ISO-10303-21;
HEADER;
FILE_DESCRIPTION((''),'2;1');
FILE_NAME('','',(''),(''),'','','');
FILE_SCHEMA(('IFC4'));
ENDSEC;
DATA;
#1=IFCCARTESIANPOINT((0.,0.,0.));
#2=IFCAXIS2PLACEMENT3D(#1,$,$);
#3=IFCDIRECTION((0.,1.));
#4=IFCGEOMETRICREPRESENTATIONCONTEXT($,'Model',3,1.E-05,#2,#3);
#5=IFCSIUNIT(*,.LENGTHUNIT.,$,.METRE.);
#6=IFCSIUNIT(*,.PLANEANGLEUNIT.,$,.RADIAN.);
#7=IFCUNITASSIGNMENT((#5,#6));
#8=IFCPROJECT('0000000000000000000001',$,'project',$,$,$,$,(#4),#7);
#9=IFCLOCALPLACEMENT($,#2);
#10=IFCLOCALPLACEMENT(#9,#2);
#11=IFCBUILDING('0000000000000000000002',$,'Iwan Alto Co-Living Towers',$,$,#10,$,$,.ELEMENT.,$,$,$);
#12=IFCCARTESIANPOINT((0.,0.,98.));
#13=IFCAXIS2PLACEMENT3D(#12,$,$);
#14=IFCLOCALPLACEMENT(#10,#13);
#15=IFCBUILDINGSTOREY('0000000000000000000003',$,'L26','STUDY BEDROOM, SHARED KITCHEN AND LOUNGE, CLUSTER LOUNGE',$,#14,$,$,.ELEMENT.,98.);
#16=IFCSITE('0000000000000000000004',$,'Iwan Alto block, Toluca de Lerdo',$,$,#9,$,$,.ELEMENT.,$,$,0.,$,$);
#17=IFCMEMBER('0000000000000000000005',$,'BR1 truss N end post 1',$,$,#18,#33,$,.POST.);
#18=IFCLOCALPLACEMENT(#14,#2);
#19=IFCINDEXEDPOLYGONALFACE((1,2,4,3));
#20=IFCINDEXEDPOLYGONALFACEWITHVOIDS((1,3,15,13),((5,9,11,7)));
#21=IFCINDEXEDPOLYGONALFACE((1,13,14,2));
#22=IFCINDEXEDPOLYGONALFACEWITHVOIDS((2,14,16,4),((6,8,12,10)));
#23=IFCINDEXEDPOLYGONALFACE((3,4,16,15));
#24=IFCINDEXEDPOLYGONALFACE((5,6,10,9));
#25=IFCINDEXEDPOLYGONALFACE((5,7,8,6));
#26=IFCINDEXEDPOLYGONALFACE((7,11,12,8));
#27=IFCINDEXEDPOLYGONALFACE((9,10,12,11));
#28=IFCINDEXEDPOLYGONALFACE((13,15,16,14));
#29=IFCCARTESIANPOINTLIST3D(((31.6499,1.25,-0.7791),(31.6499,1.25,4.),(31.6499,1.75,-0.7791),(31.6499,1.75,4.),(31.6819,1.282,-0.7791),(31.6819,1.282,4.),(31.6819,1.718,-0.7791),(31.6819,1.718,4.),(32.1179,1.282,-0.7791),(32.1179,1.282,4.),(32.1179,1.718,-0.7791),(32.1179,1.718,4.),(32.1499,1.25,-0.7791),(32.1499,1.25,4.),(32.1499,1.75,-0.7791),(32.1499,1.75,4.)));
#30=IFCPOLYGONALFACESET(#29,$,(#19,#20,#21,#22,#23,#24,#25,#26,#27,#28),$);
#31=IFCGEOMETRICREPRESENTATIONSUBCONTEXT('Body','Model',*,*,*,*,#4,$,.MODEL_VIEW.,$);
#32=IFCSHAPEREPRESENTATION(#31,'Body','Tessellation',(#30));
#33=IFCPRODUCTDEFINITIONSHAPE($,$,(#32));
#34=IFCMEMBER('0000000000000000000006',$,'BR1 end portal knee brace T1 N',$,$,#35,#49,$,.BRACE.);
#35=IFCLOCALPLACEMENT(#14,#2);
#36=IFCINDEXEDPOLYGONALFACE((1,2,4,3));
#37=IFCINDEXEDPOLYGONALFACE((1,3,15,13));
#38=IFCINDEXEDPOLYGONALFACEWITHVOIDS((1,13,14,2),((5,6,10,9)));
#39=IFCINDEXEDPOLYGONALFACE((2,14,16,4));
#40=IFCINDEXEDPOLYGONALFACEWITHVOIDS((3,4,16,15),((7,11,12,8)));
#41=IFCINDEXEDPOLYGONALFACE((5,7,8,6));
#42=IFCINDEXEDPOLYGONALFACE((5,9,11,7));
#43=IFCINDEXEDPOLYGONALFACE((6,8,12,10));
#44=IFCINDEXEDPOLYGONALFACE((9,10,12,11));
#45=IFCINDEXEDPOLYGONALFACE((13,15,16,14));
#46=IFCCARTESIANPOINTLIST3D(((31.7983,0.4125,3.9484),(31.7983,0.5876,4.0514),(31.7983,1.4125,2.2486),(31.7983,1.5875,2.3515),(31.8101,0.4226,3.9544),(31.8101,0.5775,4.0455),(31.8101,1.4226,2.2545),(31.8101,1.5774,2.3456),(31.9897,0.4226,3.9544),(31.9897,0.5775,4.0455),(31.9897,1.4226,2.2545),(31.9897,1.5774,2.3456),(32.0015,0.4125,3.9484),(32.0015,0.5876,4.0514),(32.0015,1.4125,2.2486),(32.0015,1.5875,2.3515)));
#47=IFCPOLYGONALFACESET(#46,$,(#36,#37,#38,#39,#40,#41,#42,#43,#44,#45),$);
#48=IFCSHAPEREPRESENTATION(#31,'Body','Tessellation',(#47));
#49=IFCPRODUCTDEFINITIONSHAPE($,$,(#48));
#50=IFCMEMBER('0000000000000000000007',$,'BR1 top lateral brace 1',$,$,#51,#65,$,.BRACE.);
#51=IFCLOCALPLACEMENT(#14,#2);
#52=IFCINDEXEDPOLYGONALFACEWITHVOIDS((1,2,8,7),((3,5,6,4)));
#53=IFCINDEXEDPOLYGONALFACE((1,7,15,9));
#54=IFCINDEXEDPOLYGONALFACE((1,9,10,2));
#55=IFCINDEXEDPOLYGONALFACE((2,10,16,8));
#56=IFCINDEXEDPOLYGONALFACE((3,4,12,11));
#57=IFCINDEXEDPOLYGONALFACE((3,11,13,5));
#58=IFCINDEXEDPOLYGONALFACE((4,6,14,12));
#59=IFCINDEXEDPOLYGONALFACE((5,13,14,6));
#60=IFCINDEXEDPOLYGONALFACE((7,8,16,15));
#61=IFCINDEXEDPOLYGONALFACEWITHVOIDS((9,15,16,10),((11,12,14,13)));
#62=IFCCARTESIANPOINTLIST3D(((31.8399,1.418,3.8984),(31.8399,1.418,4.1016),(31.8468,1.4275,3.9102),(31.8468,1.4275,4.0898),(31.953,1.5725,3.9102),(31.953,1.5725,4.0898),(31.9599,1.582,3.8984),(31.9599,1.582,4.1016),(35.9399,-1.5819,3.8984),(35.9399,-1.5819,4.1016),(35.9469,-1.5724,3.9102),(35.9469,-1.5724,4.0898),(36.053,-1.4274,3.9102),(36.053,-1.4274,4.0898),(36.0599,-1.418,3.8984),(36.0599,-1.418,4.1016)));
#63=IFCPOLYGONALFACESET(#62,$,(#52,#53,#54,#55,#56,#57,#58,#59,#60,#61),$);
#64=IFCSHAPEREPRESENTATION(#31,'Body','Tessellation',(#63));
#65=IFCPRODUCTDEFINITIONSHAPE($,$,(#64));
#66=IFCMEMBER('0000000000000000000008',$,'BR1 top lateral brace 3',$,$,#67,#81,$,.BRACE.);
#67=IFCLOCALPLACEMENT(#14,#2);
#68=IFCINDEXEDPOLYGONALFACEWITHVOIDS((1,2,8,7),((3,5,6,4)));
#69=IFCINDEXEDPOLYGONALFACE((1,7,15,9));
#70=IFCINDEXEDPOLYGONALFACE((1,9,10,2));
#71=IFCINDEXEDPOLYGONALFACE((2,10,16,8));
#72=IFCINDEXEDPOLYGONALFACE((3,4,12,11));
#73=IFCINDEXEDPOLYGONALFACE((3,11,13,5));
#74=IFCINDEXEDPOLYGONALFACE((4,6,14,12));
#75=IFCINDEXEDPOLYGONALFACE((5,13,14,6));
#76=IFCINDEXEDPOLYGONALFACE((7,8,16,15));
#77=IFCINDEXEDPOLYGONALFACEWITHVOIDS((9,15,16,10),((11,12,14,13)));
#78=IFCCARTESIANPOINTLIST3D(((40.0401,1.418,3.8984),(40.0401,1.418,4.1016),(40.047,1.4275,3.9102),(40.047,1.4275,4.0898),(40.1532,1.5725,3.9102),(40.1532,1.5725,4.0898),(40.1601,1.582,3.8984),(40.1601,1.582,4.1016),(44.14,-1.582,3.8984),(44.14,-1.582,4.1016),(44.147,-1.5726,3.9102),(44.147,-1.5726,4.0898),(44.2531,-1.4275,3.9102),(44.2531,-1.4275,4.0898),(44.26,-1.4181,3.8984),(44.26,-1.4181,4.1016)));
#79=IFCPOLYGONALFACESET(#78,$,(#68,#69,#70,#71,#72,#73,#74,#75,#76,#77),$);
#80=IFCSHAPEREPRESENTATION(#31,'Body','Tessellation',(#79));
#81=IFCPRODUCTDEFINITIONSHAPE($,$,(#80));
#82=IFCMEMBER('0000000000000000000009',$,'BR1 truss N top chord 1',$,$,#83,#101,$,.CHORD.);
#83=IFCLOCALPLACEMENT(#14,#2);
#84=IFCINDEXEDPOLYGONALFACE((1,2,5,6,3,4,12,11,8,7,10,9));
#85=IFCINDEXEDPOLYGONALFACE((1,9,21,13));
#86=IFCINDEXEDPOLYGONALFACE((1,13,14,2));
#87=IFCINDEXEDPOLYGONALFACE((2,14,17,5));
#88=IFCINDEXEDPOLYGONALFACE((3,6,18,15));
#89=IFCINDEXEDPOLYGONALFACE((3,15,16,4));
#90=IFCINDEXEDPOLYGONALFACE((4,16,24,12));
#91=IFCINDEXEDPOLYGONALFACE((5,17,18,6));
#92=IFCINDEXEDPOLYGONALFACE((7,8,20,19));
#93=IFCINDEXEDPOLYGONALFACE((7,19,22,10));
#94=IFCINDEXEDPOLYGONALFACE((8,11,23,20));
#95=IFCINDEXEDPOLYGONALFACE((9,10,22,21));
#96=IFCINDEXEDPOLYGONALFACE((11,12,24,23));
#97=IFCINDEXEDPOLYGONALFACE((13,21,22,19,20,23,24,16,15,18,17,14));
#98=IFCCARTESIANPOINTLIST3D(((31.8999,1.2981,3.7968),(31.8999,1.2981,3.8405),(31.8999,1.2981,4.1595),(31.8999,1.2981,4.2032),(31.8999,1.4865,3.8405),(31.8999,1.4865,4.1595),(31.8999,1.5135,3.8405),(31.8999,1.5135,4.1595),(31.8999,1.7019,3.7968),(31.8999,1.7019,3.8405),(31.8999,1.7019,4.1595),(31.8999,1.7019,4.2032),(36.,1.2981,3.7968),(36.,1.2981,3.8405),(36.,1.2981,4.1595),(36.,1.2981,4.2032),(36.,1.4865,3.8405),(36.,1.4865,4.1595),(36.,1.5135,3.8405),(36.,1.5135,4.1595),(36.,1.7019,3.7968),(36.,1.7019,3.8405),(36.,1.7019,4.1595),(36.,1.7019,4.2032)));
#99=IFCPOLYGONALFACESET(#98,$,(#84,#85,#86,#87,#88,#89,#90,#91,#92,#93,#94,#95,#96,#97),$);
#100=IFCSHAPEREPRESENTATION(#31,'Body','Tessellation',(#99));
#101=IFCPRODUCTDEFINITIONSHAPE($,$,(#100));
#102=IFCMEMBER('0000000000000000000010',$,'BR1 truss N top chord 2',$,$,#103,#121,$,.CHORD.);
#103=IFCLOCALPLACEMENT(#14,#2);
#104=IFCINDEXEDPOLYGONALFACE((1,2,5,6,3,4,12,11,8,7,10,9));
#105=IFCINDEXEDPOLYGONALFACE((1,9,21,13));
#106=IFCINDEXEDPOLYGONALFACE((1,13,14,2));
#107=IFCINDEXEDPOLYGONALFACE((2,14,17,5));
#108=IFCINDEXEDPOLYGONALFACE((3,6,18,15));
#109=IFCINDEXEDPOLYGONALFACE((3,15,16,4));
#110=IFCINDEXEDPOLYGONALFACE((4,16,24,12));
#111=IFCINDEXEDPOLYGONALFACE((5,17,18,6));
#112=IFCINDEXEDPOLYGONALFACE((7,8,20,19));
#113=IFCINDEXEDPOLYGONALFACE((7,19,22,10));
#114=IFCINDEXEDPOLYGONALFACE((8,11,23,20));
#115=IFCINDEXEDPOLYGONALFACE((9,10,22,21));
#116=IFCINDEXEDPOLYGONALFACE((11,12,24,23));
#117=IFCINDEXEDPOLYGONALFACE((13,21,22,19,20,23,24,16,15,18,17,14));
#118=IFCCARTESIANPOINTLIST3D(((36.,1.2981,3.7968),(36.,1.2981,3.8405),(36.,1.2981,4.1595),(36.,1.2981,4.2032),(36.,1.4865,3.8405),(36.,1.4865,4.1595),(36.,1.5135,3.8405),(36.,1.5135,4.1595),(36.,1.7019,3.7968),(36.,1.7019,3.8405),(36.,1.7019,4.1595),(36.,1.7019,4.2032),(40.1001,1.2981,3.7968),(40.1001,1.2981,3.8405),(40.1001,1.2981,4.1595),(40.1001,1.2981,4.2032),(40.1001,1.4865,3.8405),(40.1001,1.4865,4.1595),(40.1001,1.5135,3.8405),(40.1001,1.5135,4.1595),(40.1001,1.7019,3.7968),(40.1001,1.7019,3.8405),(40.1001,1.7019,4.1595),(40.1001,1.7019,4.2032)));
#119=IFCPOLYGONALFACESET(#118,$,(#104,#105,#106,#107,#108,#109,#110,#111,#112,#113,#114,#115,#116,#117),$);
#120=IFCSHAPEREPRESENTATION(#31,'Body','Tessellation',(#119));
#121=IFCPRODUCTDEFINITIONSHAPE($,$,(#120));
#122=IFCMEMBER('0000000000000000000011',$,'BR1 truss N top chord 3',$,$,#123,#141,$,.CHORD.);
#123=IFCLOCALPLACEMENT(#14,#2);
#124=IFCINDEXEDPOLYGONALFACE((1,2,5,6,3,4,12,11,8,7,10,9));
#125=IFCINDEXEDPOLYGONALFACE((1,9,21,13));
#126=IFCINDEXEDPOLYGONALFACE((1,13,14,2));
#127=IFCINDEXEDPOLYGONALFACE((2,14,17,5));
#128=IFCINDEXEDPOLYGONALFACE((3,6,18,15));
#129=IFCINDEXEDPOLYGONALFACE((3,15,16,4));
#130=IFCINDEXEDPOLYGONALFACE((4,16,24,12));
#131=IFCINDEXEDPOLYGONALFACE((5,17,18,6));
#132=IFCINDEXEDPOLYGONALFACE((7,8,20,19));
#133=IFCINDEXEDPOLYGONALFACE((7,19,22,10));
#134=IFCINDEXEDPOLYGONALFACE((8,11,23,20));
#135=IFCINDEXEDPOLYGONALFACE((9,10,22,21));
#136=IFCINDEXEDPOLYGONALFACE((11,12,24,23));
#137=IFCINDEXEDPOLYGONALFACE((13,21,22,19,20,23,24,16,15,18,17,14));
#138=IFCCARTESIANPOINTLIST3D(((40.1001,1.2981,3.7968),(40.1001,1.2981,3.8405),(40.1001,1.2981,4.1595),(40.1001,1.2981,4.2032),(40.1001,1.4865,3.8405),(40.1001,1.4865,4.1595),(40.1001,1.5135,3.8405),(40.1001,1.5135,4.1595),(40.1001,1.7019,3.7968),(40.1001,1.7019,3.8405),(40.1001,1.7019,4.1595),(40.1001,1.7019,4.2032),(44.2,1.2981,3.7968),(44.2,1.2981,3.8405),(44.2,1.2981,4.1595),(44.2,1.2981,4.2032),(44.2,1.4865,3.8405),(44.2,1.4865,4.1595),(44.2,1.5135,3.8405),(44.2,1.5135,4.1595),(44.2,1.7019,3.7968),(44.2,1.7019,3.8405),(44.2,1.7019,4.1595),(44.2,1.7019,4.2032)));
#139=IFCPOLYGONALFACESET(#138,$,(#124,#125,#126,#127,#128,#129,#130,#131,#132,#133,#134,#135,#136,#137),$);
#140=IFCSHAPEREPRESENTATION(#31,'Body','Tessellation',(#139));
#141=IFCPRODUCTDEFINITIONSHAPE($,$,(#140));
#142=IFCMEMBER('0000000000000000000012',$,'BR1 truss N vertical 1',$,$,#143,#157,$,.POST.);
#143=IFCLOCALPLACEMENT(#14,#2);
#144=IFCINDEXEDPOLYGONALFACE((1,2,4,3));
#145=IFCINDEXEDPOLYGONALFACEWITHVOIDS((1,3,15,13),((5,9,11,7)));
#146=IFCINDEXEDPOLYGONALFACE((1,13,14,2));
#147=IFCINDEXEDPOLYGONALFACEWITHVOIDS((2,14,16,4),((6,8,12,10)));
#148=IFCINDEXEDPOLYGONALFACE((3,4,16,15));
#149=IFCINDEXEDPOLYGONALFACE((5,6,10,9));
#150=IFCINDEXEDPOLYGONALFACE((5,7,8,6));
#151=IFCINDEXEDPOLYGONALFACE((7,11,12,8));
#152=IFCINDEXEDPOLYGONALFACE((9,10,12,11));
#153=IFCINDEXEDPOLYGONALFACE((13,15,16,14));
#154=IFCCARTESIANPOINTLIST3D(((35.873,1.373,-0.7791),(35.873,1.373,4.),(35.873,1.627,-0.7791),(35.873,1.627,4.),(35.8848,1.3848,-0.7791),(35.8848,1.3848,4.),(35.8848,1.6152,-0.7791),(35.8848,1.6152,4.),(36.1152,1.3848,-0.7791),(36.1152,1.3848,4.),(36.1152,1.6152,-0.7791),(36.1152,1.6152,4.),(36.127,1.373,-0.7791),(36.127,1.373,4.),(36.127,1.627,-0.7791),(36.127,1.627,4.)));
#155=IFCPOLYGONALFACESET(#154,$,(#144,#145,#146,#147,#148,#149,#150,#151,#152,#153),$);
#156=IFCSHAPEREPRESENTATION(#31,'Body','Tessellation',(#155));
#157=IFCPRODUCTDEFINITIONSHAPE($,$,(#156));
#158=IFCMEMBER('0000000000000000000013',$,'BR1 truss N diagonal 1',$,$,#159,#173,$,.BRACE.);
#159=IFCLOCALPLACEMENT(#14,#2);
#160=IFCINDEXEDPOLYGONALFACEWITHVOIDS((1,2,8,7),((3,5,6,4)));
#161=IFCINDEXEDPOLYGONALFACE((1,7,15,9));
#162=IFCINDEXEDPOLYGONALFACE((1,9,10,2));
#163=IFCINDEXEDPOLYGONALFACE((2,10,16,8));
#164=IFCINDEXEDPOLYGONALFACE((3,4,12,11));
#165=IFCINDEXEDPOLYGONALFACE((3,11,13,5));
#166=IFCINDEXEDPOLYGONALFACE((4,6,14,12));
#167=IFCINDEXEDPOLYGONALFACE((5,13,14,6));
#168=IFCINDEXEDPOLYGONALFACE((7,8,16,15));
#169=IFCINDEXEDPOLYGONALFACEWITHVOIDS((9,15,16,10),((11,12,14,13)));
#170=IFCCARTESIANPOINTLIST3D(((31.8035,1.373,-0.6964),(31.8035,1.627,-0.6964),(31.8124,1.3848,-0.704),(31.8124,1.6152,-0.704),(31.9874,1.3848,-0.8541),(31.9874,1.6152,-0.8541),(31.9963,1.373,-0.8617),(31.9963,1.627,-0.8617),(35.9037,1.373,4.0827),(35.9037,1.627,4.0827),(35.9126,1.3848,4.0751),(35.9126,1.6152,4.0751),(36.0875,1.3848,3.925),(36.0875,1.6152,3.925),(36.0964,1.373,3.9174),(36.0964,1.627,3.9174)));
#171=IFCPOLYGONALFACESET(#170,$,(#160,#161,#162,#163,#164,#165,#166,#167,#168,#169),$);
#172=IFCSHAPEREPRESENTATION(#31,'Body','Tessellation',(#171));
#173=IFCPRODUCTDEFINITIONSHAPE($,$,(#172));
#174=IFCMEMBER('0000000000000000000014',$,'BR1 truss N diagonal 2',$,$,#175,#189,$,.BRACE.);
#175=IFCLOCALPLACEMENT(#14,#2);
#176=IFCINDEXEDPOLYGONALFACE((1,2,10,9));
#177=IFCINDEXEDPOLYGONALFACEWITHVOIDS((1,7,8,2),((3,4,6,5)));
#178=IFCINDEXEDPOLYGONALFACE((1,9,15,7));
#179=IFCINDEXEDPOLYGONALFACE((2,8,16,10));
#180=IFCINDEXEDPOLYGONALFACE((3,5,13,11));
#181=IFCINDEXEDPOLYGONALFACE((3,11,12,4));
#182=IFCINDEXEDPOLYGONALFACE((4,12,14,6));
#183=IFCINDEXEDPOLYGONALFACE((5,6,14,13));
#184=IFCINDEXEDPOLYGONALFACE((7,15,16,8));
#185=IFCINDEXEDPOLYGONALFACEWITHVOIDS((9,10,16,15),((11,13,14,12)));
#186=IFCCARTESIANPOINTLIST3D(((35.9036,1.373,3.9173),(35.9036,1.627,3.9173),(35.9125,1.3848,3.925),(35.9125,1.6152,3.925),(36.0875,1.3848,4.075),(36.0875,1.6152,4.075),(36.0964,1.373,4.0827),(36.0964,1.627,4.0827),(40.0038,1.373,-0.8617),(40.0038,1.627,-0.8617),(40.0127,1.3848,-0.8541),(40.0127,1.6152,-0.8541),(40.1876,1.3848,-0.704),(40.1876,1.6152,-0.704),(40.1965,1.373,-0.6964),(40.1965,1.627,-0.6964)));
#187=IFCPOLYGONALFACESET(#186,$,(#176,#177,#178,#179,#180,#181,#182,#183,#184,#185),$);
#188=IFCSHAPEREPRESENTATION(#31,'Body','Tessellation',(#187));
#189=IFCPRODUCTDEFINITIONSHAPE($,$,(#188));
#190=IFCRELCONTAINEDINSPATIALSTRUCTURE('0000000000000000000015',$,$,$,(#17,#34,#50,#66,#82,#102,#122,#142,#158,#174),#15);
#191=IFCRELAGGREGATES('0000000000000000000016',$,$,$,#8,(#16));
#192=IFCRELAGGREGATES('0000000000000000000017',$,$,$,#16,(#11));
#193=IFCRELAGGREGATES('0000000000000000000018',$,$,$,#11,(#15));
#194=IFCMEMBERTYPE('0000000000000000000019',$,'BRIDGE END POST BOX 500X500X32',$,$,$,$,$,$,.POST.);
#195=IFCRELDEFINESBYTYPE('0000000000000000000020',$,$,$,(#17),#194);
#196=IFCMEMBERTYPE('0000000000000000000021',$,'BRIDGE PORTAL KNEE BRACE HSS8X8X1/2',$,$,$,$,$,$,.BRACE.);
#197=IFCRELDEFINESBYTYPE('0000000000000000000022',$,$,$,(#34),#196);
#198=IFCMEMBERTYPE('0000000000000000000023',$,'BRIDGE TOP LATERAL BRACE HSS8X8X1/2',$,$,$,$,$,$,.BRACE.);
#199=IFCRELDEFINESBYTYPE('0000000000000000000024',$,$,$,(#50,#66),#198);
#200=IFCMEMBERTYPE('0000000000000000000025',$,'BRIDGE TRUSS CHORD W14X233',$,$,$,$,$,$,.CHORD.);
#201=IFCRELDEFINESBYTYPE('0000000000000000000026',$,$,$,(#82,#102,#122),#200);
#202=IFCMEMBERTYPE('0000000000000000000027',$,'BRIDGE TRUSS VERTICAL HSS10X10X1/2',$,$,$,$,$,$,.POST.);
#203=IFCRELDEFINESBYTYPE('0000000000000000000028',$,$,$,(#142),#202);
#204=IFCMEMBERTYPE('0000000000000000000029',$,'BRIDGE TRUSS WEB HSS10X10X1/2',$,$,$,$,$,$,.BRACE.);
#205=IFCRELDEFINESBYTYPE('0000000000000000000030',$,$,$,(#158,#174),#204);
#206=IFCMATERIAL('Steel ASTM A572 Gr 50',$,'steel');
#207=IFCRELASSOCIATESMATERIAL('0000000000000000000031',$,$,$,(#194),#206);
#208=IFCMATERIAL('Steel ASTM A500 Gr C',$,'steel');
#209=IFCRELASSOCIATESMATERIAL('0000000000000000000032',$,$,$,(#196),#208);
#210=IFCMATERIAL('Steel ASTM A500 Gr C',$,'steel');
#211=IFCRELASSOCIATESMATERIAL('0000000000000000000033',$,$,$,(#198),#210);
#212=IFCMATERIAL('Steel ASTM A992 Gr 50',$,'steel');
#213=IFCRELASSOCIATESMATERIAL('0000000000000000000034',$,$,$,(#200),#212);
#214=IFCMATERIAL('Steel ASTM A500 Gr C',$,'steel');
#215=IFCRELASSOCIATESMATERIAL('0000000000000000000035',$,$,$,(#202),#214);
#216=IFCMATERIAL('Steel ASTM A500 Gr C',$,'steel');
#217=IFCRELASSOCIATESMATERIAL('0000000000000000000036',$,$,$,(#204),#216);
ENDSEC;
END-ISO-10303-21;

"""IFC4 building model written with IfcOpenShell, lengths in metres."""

from ifc_helpers import new_model, si_unit, direction, frame, origin, origin_2d, place, context, subcontext, project, spatial, hollow_rectangle, i_section, extrude, material, material_profile, profile_set, type_object, element, save


model = new_model("IFC4")

# Units and contexts
model_context = context("Model", 3, precision=1e-05, world=origin(), true_north=direction((0.0, 1.0)))
body_context = subcontext(model_context, "Body", "Model", "MODEL_VIEW")
ifc_project = project(units=[si_unit("LENGTHUNIT", "METRE"), si_unit("PLANEANGLEUNIT", "RADIAN")], contexts=[model_context])

# Site, building, storey
site_placement = place(None, origin())
site = spatial("IfcSite", under=ifc_project, at=site_placement, Name="Iwan Alto block, Toluca de Lerdo", CompositionType="ELEMENT", RefElevation=0.0)
building_placement = place(site_placement, origin())
building = spatial("IfcBuilding", under=site, at=building_placement, Name="Iwan Alto Co-Living Towers", CompositionType="ELEMENT")
storey_placement = place(building_placement, frame((0.0, 0.0, 98.0)))
storey = spatial("IfcBuildingStorey", under=building, at=storey_placement, Name="L26", Description="STUDY BEDROOM, SHARED KITCHEN AND LOUNGE, CLUSTER LOUNGE", CompositionType="ELEMENT", Elevation=98.0)

# Members
ifc_material_1 = material(Name="Steel ASTM A572 Gr 50", Category="steel")
ifc_material_profile_1 = material_profile(ifc_material_1, hollow_rectangle(XDim=0.5, YDim=0.5, WallThickness=0.032, at=origin_2d()), Name="BOX 500X500X32")
ifc_profile_set_1 = profile_set([ifc_material_profile_1], Name="Steel ASTM A572 Gr 50")
member_type_1 = type_object("IfcMemberType", Name="BRIDGE END POST BOX 500X500X32", PredefinedType="POST", material=ifc_profile_set_1)
member_1_placement = place(storey_placement, frame((31.8999, 1.5, -0.7791), z_axis=(0.0, 0.0, 1.0), x_axis=(1.0, 0.0, 0.0)))
element("IfcMember", 1, at=member_1_placement, inside=storey, type_object=member_type_1, Name="BR1 truss N end post 1", PredefinedType="POST", context=body_context, shape_type="SweptSolid", body=[
    extrude(hollow_rectangle(XDim=0.5, YDim=0.5, WallThickness=0.032, at=origin_2d()), origin(), (0.0, 0.0, 1.0), 4.7791),
])
ifc_material_2 = material(Name="Steel ASTM A500 Gr C", Category="steel")
ifc_material_profile_2 = material_profile(ifc_material_2, hollow_rectangle(XDim=0.2031, YDim=0.2031, WallThickness=0.0117, at=origin_2d()), Name="HSS8X8X1/2")
ifc_profile_set_2 = profile_set([ifc_material_profile_2], Name="Steel ASTM A500 Gr C")
member_type_2 = type_object("IfcMemberType", Name="BRIDGE PORTAL KNEE BRACE HSS8X8X1/2", PredefinedType="BRACE", material=ifc_profile_set_2)
member_2_placement = place(storey_placement, frame((31.8999, 1.5, 2.3), z_axis=(0.0, -0.507031, 0.861928), x_axis=(1.0, 0.0, 0.0)))
element("IfcMember", 2, at=member_2_placement, inside=storey, type_object=member_type_2, Name="BR1 end portal knee brace T1 N", PredefinedType="BRACE", context=body_context, shape_type="SweptSolid", body=[
    extrude(hollow_rectangle(XDim=0.2031, YDim=0.2031, WallThickness=0.0117, at=origin_2d()), origin(), (0.0, 0.0, 1.0), 1.9722),
])
ifc_material_3 = material(Name="Steel ASTM A500 Gr C", Category="steel")
ifc_material_profile_3 = material_profile(ifc_material_3, hollow_rectangle(XDim=0.2031, YDim=0.2031, WallThickness=0.0117, at=origin_2d()), Name="HSS8X8X1/2")
ifc_profile_set_3 = profile_set([ifc_material_profile_3], Name="Steel ASTM A500 Gr C")
member_type_3 = type_object("IfcMemberType", Name="BRIDGE TOP LATERAL BRACE HSS8X8X1/2", PredefinedType="BRACE", material=ifc_profile_set_3)
for number, where, z_axis, x_axis, name in (
    (3, (31.8999, 1.5, 4.0), (0.807037, -0.590501, 0.0), (0.590501, 0.807037, 0.0), "BR1 top lateral brace 1"),
    (4, (40.1001, 1.5, 4.0), (0.80702, -0.590524, 0.0), (0.590524, 0.80702, 0.0), "BR1 top lateral brace 3"),
):
    element("IfcMember", number, at=place(storey_placement, frame(where, z_axis=z_axis, x_axis=x_axis)), inside=storey, type_object=member_type_3, Name=name, PredefinedType="BRACE", context=body_context, shape_type="SweptSolid", body=[
        extrude(hollow_rectangle(XDim=0.2031, YDim=0.2031, WallThickness=0.0117, at=origin_2d()), origin(), (0.0, 0.0, 1.0), 5.0803),
    ])
ifc_material_4 = material(Name="Steel ASTM A992 Gr 50", Category="steel")
ifc_material_profile_4 = material_profile(ifc_material_4, i_section(OverallWidth=0.4038, OverallDepth=0.4065, WebThickness=0.0271, FlangeThickness=0.0437, at=origin_2d()), Name="W14X233")
ifc_profile_set_4 = profile_set([ifc_material_profile_4], Name="Steel ASTM A992 Gr 50")
member_type_4 = type_object("IfcMemberType", Name="BRIDGE TRUSS CHORD W14X233", PredefinedType="CHORD", material=ifc_profile_set_4)
for number, where, z_axis, x_axis, name in (
    (5, (31.8999, 1.5, 4.0), (1.0, 0.0, 0.0), (0.0, 1.0, 0.0), "BR1 truss N top chord 1"),
    (6, (36.0, 1.5, 4.0), (1.0, 0.0, 0.0), (0.0, 1.0, 0.0), "BR1 truss N top chord 2"),
):
    element("IfcMember", number, at=place(storey_placement, frame(where, z_axis=z_axis, x_axis=x_axis)), inside=storey, type_object=member_type_4, Name=name, PredefinedType="CHORD", context=body_context, shape_type="SweptSolid", body=[
        extrude(i_section(OverallWidth=0.4038, OverallDepth=0.4065, WebThickness=0.0271, FlangeThickness=0.0437, at=origin_2d()), origin(), (0.0, 0.0, 1.0), 4.1001),
    ])
member_3_placement = place(storey_placement, frame((40.1001, 1.5, 4.0), z_axis=(1.0, 0.0, 0.0), x_axis=(0.0, 1.0, 0.0)))
element("IfcMember", 7, at=member_3_placement, inside=storey, type_object=member_type_4, Name="BR1 truss N top chord 3", PredefinedType="CHORD", context=body_context, shape_type="SweptSolid", body=[
    extrude(i_section(OverallWidth=0.4038, OverallDepth=0.4065, WebThickness=0.0271, FlangeThickness=0.0437, at=origin_2d()), origin(), (0.0, 0.0, 1.0), 4.0999),
])
ifc_material_5 = material(Name="Steel ASTM A500 Gr C", Category="steel")
ifc_material_profile_5 = material_profile(ifc_material_5, hollow_rectangle(XDim=0.2539, YDim=0.2539, WallThickness=0.0117, at=origin_2d()), Name="HSS10X10X1/2")
ifc_profile_set_5 = profile_set([ifc_material_profile_5], Name="Steel ASTM A500 Gr C")
member_type_5 = type_object("IfcMemberType", Name="BRIDGE TRUSS VERTICAL HSS10X10X1/2", PredefinedType="POST", material=ifc_profile_set_5)
member_4_placement = place(storey_placement, frame((36.0, 1.5, -0.7791), z_axis=(0.0, 0.0, 1.0), x_axis=(1.0, 0.0, 0.0)))
element("IfcMember", 8, at=member_4_placement, inside=storey, type_object=member_type_5, Name="BR1 truss N vertical 1", PredefinedType="POST", context=body_context, shape_type="SweptSolid", body=[
    extrude(hollow_rectangle(XDim=0.2539, YDim=0.2539, WallThickness=0.0117, at=origin_2d()), origin(), (0.0, 0.0, 1.0), 4.7791),
])
ifc_material_6 = material(Name="Steel ASTM A500 Gr C", Category="steel")
ifc_material_profile_6 = material_profile(ifc_material_6, hollow_rectangle(XDim=0.2539, YDim=0.2539, WallThickness=0.0117, at=origin_2d()), Name="HSS10X10X1/2")
ifc_profile_set_6 = profile_set([ifc_material_profile_6], Name="Steel ASTM A500 Gr C")
member_type_6 = type_object("IfcMemberType", Name="BRIDGE TRUSS WEB HSS10X10X1/2", PredefinedType="BRACE", material=ifc_profile_set_6)
for number, where, z_axis, x_axis, name in (
    (9, (31.8999, 1.5, -0.7791), (0.651136, 0.0, 0.758961), (0.0, 1.0, 0.0), "BR1 truss N diagonal 1"),
    (10, (36.0, 1.5, 4.0), (0.651136, 0.0, -0.758961), (0.0, 1.0, 0.0), "BR1 truss N diagonal 2"),
):
    element("IfcMember", number, at=place(storey_placement, frame(where, z_axis=z_axis, x_axis=x_axis)), inside=storey, type_object=member_type_6, Name=name, PredefinedType="BRACE", context=body_context, shape_type="SweptSolid", body=[
        extrude(hollow_rectangle(XDim=0.2539, YDim=0.2539, WallThickness=0.0117, at=origin_2d()), origin(), (0.0, 0.0, 1.0), 6.2969),
    ])

save(model, "model.ifc")
